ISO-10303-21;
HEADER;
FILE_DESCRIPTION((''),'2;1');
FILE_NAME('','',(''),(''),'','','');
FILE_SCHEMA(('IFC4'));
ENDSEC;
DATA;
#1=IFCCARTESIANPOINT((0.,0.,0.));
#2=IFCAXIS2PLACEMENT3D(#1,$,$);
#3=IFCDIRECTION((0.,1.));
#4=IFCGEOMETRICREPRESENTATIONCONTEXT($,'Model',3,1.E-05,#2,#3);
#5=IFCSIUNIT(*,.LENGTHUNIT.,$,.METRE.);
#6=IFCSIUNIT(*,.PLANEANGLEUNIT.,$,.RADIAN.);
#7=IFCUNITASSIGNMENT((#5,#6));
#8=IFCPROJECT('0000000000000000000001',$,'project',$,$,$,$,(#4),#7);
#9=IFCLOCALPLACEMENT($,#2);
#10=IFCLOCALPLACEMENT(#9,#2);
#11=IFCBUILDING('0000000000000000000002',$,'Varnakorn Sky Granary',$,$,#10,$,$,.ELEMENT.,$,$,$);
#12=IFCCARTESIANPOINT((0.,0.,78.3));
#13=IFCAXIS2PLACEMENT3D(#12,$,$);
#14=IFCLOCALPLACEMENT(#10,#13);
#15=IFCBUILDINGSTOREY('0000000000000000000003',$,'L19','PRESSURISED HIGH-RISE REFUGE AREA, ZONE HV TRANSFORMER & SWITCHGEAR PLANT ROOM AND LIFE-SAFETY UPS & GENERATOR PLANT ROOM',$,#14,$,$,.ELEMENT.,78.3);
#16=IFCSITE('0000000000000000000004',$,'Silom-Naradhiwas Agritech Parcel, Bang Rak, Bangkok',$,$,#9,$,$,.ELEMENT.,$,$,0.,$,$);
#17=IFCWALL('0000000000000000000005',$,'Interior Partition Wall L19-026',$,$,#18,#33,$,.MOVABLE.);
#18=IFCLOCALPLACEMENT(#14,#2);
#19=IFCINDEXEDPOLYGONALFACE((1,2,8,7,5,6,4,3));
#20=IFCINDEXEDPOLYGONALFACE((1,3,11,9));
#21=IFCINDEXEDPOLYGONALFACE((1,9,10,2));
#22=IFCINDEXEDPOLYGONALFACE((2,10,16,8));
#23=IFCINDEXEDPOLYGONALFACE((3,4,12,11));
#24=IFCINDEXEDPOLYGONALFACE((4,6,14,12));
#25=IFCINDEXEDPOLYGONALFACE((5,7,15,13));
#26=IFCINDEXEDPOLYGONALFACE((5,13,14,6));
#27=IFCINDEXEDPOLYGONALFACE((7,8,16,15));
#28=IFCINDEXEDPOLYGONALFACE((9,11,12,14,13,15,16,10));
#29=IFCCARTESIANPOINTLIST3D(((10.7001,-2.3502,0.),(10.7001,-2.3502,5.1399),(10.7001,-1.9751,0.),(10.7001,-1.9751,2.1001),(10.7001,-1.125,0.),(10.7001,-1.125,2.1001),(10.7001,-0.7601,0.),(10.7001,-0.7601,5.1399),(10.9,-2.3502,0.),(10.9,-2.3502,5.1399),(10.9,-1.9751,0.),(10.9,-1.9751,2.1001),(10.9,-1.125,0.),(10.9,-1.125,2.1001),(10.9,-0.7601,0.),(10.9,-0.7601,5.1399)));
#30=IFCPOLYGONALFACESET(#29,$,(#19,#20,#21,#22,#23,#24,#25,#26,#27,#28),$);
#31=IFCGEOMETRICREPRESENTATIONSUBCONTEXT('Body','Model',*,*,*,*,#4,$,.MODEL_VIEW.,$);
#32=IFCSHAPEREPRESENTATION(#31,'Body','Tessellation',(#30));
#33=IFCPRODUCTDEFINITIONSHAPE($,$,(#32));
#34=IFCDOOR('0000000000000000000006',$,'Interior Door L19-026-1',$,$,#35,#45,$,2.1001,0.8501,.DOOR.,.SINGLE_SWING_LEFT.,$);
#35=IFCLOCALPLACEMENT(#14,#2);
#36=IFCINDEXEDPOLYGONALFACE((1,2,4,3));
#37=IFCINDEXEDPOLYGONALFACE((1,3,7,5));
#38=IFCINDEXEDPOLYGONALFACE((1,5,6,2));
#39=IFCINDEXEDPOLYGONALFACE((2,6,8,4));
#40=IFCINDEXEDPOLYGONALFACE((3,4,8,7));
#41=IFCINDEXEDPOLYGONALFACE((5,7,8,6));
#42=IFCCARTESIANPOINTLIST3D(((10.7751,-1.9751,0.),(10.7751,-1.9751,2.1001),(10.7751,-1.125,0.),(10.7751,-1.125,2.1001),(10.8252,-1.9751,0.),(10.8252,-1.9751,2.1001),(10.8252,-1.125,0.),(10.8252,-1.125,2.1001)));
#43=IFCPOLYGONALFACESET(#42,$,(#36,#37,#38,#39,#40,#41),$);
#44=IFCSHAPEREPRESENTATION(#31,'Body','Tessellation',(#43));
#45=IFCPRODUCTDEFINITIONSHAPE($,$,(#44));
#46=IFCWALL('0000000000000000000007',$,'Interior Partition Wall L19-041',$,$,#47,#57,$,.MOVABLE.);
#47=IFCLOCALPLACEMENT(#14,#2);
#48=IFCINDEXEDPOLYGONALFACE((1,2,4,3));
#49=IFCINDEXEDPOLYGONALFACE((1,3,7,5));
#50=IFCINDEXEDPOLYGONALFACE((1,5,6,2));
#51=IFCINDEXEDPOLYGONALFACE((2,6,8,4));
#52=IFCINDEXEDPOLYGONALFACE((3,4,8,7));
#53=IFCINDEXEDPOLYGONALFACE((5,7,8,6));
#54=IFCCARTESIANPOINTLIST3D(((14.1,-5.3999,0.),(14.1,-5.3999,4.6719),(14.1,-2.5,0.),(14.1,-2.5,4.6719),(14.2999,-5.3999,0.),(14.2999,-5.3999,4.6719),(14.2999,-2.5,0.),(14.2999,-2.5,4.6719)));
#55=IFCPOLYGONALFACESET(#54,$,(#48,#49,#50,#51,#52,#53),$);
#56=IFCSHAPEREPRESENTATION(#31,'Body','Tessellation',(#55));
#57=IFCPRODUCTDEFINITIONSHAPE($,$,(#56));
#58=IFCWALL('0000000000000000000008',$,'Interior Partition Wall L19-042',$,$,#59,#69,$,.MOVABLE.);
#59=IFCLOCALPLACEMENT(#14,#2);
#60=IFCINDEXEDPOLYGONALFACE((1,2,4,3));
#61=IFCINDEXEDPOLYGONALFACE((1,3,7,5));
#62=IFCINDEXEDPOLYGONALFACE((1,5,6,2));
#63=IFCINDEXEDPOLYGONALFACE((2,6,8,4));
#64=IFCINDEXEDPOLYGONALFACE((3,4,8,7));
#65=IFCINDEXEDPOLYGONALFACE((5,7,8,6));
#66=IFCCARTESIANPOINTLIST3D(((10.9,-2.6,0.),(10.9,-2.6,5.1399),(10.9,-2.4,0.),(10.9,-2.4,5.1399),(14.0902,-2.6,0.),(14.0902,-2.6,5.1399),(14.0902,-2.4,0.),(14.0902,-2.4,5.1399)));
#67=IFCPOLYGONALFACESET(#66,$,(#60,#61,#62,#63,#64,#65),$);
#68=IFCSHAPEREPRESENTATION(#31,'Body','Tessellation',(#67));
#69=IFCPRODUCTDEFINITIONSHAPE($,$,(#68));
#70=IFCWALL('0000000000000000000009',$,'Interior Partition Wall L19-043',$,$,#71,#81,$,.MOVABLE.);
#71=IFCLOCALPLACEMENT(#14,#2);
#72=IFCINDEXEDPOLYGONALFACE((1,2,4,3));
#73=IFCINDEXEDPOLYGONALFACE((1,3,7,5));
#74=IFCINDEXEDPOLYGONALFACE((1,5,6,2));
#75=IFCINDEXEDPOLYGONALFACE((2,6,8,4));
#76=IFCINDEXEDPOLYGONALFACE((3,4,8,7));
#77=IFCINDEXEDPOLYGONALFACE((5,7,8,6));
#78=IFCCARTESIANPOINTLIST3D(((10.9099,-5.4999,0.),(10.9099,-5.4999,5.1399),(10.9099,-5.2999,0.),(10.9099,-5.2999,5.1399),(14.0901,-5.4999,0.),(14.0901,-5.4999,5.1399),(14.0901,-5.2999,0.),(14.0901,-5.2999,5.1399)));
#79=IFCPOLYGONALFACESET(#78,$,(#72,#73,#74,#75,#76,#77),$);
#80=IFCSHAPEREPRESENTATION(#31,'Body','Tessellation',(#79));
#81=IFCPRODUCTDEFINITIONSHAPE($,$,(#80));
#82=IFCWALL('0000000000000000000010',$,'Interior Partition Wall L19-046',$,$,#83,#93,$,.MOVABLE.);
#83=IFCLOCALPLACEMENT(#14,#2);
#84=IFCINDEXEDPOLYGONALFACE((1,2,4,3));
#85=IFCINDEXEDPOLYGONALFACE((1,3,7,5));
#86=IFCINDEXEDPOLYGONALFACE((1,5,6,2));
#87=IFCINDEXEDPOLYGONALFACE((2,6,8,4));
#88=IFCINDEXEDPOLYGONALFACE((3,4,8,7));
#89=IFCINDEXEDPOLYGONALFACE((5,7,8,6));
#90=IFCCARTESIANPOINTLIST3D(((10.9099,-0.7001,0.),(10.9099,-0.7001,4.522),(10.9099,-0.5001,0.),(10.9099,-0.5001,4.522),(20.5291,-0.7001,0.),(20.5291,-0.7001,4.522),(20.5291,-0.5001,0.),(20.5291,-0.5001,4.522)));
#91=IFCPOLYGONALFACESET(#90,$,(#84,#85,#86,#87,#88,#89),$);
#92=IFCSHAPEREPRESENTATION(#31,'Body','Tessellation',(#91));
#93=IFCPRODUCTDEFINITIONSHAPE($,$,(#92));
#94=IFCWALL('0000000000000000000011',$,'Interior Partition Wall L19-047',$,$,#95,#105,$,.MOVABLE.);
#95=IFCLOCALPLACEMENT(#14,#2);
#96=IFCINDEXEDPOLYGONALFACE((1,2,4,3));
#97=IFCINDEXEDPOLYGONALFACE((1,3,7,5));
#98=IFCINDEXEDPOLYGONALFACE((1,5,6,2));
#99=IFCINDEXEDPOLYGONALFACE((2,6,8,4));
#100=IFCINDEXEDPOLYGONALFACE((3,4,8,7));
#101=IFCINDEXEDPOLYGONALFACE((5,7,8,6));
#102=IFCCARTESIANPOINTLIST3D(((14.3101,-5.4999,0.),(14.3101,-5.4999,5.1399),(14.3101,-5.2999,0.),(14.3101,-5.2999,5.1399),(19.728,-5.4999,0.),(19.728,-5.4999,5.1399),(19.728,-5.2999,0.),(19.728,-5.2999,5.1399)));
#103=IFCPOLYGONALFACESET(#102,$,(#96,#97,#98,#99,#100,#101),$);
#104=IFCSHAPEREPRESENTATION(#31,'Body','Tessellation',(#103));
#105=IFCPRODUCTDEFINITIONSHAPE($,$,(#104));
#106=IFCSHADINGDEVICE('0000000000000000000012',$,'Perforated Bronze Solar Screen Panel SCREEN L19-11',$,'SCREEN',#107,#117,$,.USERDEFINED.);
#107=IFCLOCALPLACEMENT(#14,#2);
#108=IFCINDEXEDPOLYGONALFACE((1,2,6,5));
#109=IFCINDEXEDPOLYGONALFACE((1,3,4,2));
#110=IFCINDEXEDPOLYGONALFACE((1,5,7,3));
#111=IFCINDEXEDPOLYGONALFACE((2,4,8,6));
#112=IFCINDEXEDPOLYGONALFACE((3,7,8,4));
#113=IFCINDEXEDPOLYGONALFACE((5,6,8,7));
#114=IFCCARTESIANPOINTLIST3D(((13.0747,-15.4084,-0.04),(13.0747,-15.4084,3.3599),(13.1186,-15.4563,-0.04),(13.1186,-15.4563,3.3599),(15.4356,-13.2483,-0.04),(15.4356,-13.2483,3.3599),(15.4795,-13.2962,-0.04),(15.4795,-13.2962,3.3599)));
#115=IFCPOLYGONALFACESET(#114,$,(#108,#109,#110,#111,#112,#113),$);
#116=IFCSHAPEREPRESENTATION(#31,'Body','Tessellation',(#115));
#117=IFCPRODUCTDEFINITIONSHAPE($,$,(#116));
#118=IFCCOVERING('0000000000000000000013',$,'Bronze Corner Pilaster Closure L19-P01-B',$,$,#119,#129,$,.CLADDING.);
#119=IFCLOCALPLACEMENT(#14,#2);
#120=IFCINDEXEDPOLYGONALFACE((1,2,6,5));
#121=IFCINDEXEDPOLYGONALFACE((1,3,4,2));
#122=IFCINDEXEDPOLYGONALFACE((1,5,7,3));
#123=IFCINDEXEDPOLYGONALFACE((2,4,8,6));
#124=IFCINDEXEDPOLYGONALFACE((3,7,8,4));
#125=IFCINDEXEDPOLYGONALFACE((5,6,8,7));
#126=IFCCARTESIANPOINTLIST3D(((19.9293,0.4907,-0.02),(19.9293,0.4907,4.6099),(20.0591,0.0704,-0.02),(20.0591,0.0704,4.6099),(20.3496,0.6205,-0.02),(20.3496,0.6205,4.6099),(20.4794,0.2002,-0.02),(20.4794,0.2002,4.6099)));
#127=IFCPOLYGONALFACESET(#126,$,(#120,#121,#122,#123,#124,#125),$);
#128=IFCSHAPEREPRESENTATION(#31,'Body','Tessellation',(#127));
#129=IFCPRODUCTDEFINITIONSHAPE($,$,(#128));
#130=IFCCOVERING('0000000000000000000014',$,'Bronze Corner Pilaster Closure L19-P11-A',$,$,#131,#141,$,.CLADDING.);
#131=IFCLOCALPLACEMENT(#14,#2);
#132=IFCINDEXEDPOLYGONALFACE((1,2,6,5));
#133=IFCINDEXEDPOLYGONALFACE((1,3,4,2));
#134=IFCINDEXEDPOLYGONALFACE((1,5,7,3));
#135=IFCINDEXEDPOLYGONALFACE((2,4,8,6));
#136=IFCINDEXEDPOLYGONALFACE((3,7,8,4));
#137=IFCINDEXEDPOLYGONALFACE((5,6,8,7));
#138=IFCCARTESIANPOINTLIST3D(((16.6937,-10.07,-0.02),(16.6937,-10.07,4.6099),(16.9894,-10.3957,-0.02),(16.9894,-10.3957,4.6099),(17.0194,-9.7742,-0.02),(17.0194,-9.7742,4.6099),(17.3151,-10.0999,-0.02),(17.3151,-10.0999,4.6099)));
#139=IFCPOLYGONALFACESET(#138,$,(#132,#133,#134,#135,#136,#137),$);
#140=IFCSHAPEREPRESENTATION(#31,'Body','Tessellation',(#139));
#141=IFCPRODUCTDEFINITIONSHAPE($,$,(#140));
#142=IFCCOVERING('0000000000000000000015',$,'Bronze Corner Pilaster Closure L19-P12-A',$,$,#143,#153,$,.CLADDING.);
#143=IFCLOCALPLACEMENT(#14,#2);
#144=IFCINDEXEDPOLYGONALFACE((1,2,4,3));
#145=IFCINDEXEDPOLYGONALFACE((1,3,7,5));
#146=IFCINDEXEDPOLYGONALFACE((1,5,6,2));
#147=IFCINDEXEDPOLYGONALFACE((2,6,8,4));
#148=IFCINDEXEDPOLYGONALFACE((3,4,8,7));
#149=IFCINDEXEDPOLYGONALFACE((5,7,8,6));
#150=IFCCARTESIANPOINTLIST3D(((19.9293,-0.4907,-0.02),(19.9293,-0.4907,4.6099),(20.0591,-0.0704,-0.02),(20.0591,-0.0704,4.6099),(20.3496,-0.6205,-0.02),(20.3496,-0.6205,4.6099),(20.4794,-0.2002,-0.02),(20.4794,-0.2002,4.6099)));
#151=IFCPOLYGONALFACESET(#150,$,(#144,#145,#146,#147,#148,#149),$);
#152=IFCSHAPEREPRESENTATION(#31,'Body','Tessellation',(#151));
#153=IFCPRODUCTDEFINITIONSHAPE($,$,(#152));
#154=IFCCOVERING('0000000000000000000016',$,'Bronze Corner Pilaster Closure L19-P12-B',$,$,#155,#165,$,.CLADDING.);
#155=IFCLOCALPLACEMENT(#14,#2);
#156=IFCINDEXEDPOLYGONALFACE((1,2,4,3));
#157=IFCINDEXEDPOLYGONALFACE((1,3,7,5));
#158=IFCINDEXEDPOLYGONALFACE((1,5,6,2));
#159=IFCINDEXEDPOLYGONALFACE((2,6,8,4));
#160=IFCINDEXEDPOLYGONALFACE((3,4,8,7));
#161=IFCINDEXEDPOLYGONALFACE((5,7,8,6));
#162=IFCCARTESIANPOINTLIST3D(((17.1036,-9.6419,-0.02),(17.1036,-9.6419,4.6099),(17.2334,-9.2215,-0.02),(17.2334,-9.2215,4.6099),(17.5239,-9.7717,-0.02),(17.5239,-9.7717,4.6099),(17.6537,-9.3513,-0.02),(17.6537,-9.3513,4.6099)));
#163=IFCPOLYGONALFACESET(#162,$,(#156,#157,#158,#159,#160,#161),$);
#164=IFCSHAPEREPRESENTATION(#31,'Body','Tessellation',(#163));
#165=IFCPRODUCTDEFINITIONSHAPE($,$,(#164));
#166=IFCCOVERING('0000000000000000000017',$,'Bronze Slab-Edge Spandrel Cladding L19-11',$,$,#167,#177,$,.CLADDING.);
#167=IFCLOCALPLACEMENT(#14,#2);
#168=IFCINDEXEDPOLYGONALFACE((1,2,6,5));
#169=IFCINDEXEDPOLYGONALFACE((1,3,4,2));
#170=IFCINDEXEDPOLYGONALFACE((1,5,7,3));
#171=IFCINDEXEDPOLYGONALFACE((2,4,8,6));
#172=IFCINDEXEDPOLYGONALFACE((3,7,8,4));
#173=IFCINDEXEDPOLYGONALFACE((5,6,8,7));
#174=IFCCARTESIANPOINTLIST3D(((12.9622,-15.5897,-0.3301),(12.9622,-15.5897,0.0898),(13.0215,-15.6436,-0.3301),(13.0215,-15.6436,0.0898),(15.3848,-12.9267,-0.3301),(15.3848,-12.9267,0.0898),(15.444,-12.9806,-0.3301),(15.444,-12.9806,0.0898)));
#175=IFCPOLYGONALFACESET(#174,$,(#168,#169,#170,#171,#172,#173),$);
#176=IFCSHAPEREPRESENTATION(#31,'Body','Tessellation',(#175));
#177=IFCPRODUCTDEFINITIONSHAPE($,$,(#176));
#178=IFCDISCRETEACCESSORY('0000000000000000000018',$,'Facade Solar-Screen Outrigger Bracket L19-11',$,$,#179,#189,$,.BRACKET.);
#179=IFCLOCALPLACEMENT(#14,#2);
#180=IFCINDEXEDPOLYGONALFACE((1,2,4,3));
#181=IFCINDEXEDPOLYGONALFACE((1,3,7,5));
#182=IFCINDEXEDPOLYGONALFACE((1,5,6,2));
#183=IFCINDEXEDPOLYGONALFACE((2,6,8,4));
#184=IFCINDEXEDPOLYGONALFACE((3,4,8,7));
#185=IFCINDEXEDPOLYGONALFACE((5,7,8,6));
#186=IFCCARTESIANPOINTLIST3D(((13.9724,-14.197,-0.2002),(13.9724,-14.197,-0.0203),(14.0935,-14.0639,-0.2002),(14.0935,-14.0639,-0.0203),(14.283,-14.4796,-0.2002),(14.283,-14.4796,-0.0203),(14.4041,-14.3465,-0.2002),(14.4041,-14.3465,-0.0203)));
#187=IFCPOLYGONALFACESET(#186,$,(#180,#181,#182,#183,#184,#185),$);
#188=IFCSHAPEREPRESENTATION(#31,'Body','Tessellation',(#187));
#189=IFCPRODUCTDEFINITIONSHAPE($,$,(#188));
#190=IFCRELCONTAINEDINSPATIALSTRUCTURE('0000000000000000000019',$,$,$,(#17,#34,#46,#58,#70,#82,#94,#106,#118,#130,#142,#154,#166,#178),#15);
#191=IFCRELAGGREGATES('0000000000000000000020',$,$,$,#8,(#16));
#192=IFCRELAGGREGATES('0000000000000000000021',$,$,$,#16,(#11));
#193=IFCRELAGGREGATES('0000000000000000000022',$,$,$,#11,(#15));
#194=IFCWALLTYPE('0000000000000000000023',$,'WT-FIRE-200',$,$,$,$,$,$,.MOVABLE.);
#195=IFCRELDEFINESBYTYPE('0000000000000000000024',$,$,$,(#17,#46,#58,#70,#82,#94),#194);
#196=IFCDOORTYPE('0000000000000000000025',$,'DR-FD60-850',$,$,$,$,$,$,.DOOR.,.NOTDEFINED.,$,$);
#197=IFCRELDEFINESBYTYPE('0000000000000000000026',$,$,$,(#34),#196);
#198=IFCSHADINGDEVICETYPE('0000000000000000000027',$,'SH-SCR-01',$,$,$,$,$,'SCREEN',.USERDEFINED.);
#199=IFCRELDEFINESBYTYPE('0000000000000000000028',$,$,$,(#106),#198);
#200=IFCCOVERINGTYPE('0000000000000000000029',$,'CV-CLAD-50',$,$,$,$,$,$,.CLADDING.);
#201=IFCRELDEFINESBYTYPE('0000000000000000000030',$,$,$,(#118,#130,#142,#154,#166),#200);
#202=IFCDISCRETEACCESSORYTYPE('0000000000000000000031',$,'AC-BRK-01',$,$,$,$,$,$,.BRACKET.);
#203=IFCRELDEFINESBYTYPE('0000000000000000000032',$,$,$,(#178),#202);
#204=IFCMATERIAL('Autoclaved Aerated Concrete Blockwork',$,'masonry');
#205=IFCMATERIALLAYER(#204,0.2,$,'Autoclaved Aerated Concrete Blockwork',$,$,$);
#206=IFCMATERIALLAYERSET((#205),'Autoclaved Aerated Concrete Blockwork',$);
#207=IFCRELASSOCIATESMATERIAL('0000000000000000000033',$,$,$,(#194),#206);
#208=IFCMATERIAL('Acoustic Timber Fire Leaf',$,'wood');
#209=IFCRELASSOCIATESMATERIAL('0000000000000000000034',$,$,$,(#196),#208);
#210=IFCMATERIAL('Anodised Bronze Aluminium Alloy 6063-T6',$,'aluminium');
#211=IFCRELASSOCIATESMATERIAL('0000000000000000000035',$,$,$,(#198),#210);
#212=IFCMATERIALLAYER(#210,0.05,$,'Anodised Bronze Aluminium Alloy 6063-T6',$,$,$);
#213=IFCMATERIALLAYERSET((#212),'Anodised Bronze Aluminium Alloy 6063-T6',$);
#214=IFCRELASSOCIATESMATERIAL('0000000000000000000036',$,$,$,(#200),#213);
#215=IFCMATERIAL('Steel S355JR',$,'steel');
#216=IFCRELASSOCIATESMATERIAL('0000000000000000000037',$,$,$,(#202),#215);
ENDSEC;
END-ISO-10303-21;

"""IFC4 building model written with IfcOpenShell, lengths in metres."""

from ifc_helpers import new_model, si_unit, direction, frame, frame_2d, origin, origin_2d, place, context, subcontext, project, spatial, rectangle, extrude, source, transform, mapped, material, layer, layer_set, type_object, type_shapes, element, fill, save


model = new_model("IFC4")

# Units and contexts
model_context = context("Model", 3, precision=1e-05, world=origin(), true_north=direction((0.0, 1.0)))
body_context = subcontext(model_context, "Body", "Model", "MODEL_VIEW")
ifc_project = project(units=[si_unit("LENGTHUNIT", "METRE"), si_unit("PLANEANGLEUNIT", "RADIAN")], contexts=[model_context])

# Site, building, storey
site_placement = place(None, origin())
site = spatial("IfcSite", under=ifc_project, at=site_placement, Name="Silom-Naradhiwas Agritech Parcel, Bang Rak, Bangkok", CompositionType="ELEMENT", RefElevation=0.0)
building_placement = place(site_placement, origin())
building = spatial("IfcBuilding", under=site, at=building_placement, Name="Varnakorn Sky Granary", CompositionType="ELEMENT")
storey_placement = place(building_placement, frame((0.0, 0.0, 78.3)))
storey = spatial("IfcBuildingStorey", under=building, at=storey_placement, Name="L19", Description="PRESSURISED HIGH-RISE REFUGE AREA, ZONE HV TRANSFORMER & SWITCHGEAR PLANT ROOM AND LIFE-SAFETY UPS & GENERATOR PLANT ROOM", CompositionType="ELEMENT", Elevation=78.3)

# Shared definitions
ifc_material_1 = material(Name="Steel S355JR", Category="steel")

# Wall, opening, door
ifc_material_2 = material(Name="Autoclaved Aerated Concrete Blockwork", Category="masonry")
ifc_layer_1 = layer(ifc_material_2, 0.2, Name="Autoclaved Aerated Concrete Blockwork")
ifc_layer_set_1 = layer_set([ifc_layer_1], Name="Autoclaved Aerated Concrete Blockwork")
wall_type_1 = type_object("IfcWallType", Name="WT-FIRE-200", PredefinedType="MOVABLE", material=ifc_layer_set_1)
ifc_material_3 = material(Name="Acoustic Timber Fire Leaf", Category="wood")
wall_1_placement = place(storey_placement, frame((10.8, -2.3501, 0.0), z_axis=(0.0, 0.0, 1.0), x_axis=(0.0, 1.0, 0.0)))
wall_1 = element("IfcWall", 1, at=wall_1_placement, inside=storey, type_object=wall_type_1, Name="Interior Partition Wall L19-026", PredefinedType="MOVABLE", context=body_context, shape_type="SweptSolid", body=[
    extrude(rectangle(XDim=1.5901, YDim=0.2, at=frame_2d((0.7949, 0.0))), origin(), (0.0, 0.0, 1.0), 5.1399),
])
opening_1_placement = place(wall_1_placement, frame((0.375, 0.0, 0.0)))
opening_1 = element("IfcOpeningElement", 2, at=opening_1_placement, cuts=wall_1, PredefinedType="OPENING", context=body_context, shape_type="SweptSolid", body=[
    extrude(rectangle(XDim=0.8501, YDim=2.1001, at=frame_2d((0.425, 1.05))), frame((0.0, 0.1099, 0.0), z_axis=(0.0, -1.0, 0.0), x_axis=(1.0, 0.0, 0.0)), (0.0, 0.0, 1.0), 0.22),
])
door_type_1 = type_object("IfcDoorType", Name="DR-FD60-850", OperationType="NOTDEFINED", PredefinedType="DOOR", material=ifc_material_3)
door_1_placement = place(opening_1_placement, origin())
door_1 = element("IfcDoor", 3, at=door_1_placement, inside=storey, type_object=door_type_1, Name="Interior Door L19-026-1", OperationType="SINGLE_SWING_LEFT", OverallHeight=2.1001, OverallWidth=0.8501, PredefinedType="DOOR", context=body_context, shape_type="SweptSolid", body=[
    extrude(rectangle(XDim=0.8501, YDim=2.1001, at=frame_2d((0.425, 1.05))), frame((0.0, 0.0249, 0.0), z_axis=(0.0, -1.0, 0.0), x_axis=(1.0, 0.0, 0.0)), (0.0, 0.0, 1.0), 0.05),
])
fill(opening_1, door_1)

# Walls
wall_2_placement = place(storey_placement, frame((14.2, -2.5, 0.0), z_axis=(0.0, 0.0, 1.0), x_axis=(0.0, -1.0, 0.0)))
element("IfcWall", 4, at=wall_2_placement, inside=storey, type_object=wall_type_1, Name="Interior Partition Wall L19-041", PredefinedType="MOVABLE", context=body_context, shape_type="SweptSolid", body=[
    extrude(rectangle(XDim=2.8999, YDim=0.2, at=frame_2d((1.45, 0.0))), origin(), (0.0, 0.0, 1.0), 4.6719),
])
wall_3_placement = place(storey_placement, frame((10.8999, -2.5, 0.0), z_axis=(0.0, 0.0, 1.0), x_axis=(1.0, 0.0, 0.0)))
element("IfcWall", 5, at=wall_3_placement, inside=storey, type_object=wall_type_1, Name="Interior Partition Wall L19-042", PredefinedType="MOVABLE", context=body_context, shape_type="SweptSolid", body=[
    extrude(rectangle(XDim=3.1902, YDim=0.2, at=frame_2d((1.5952, 0.0))), origin(), (0.0, 0.0, 1.0), 5.1399),
])
wall_4_placement = place(storey_placement, frame((14.0901, -5.3999, 0.0), z_axis=(0.0, 0.0, 1.0), x_axis=(-1.0, 0.0, 0.0)))
element("IfcWall", 6, at=wall_4_placement, inside=storey, type_object=wall_type_1, Name="Interior Partition Wall L19-043", PredefinedType="MOVABLE", context=body_context, shape_type="SweptSolid", body=[
    extrude(rectangle(XDim=3.1802, YDim=0.2, at=frame_2d((1.5901, 0.0))), origin(), (0.0, 0.0, 1.0), 5.1399),
])
wall_5_placement = place(storey_placement, frame((20.5291, -0.6001, 0.0), z_axis=(0.0, 0.0, 1.0), x_axis=(-1.0, 0.0, 0.0)))
element("IfcWall", 7, at=wall_5_placement, inside=storey, type_object=wall_type_1, Name="Interior Partition Wall L19-046", PredefinedType="MOVABLE", context=body_context, shape_type="SweptSolid", body=[
    extrude(rectangle(XDim=9.6191, YDim=0.2, at=frame_2d((4.8096, 0.0))), origin(), (0.0, 0.0, 1.0), 4.522),
])
wall_6_placement = place(storey_placement, frame((19.728, -5.3999, 0.0), z_axis=(0.0, 0.0, 1.0), x_axis=(-1.0, 0.0, 0.0)))
element("IfcWall", 8, at=wall_6_placement, inside=storey, type_object=wall_type_1, Name="Interior Partition Wall L19-047", PredefinedType="MOVABLE", context=body_context, shape_type="SweptSolid", body=[
    extrude(rectangle(XDim=5.418, YDim=0.2, at=frame_2d((2.709, 0.0))), origin(), (0.0, 0.0, 1.0), 5.1399),
])

# Shared definitions
ifc_material_4 = material(Name="Anodised Bronze Aluminium Alloy 6063-T6", Category="aluminium")

# Shading device
shading_device_type = type_object("IfcShadingDeviceType", Name="SH-SCR-01", ElementType="SCREEN", PredefinedType="USERDEFINED", material=ifc_material_4)
shared_shape_1 = source(origin(), body_context, "Body", "SweptSolid", [
    extrude(rectangle(XDim=3.2, YDim=0.0649, at=origin_2d()), origin(), (0.0, 0.0, 1.0), 3.3999),
])
type_shapes(shading_device_type, [shared_shape_1])
shading_device_placement = place(storey_placement, frame((14.2771, -14.3523, -0.04), z_axis=(0.0, 0.0, 1.0), x_axis=(0.737783, 0.675038, 0.0)))
element("IfcShadingDevice", 9, at=shading_device_placement, inside=storey, type_object=shading_device_type, Name="Perforated Bronze Solar Screen Panel SCREEN L19-11", ObjectType="SCREEN", PredefinedType="USERDEFINED", context=body_context, shape_type="MappedRepresentation", body=[
    mapped(shared_shape_1, transform((0.0, 0.0, 0.0), x_axis=(1.0, 0.0, 0.0), y_axis=(0.0, 1.0, 0.0), z_axis=(0.0, 0.0, 1.0), scale=1.0)),
])

# Coverings
ifc_layer_2 = layer(ifc_material_4, 0.05, Name="Anodised Bronze Aluminium Alloy 6063-T6")
ifc_layer_set_2 = layer_set([ifc_layer_2], Name="Anodised Bronze Aluminium Alloy 6063-T6")
covering_type = type_object("IfcCoveringType", Name="CV-CLAD-50", PredefinedType="CLADDING", material=ifc_layer_set_2)
shared_shape_2 = source(origin(), body_context, "Body", "SweptSolid", [
    extrude(rectangle(XDim=0.4399, YDim=0.4399, at=origin_2d()), origin(), (0.0, 0.0, 1.0), 4.6299),
])
for number, where, z_axis, x_axis, name in (
    (10, (20.2043, 0.3455, -0.02), (0.0, 0.0, 1.0), (0.295041, -0.955485, 0.0), "Bronze Corner Pilaster Closure L19-P01-B"),
    (11, (17.0044, -10.085, -0.02), (0.0, 0.0, 1.0), (-0.740335, -0.672238, 0.0), "Bronze Corner Pilaster Closure L19-P11-A"),
    (12, (20.2043, -0.3455, -0.02), (0.0, 0.0, 1.0), (-0.295041, -0.955485, 0.0), "Bronze Corner Pilaster Closure L19-P12-A"),
    (13, (17.3787, -9.4966, -0.02), (0.0, 0.0, 1.0), (-0.295041, -0.955485, 0.0), "Bronze Corner Pilaster Closure L19-P12-B"),
):
    element("IfcCovering", number, at=place(storey_placement, frame(where, z_axis=z_axis, x_axis=x_axis)), inside=storey, type_object=covering_type, Name=name, PredefinedType="CLADDING", context=body_context, shape_type="MappedRepresentation", body=[
        mapped(shared_shape_2, transform((0.0, 0.0, 0.0), x_axis=(1.0, 0.0, 0.0), y_axis=(0.0, 1.0, 0.0), z_axis=(0.0, 0.0, 1.0), scale=1.0)),
    ])
shared_shape_3 = source(origin(), body_context, "Body", "SweptSolid", [
    extrude(rectangle(XDim=3.6001, YDim=0.0801, at=origin_2d()), origin(), (0.0, 0.0, 1.0), 0.4199),
])
type_shapes(covering_type, [shared_shape_2, shared_shape_3])
covering_placement = place(storey_placement, frame((14.2031, -14.2852, -0.3301), z_axis=(0.0, 0.0, 1.0), x_axis=(0.67292, 0.739715, 0.0)))
element("IfcCovering", 14, at=covering_placement, inside=storey, type_object=covering_type, Name="Bronze Slab-Edge Spandrel Cladding L19-11", PredefinedType="CLADDING", context=body_context, shape_type="MappedRepresentation", body=[
    mapped(shared_shape_3, transform((0.0, 0.0, 0.0), x_axis=(1.0, 0.0, 0.0), y_axis=(0.0, 1.0, 0.0), z_axis=(0.0, 0.0, 1.0), scale=1.0)),
])

# Discrete accessory
discrete_accessory_type = type_object("IfcDiscreteAccessoryType", Name="AC-BRK-01", PredefinedType="BRACKET", material=ifc_material_1)
shared_shape_4 = source(origin(), body_context, "Body", "SweptSolid", [
    extrude(rectangle(XDim=0.1799, YDim=0.4199, at=origin_2d()), origin(), (0.0, 0.0, 1.0), 0.1799),
])
type_shapes(discrete_accessory_type, [shared_shape_4])
discrete_accessory_placement = place(storey_placement, frame((14.1882, -14.2717, -0.2002), z_axis=(0.0, 0.0, 1.0), x_axis=(0.67292, 0.739715, 0.0)))
element("IfcDiscreteAccessory", 15, at=discrete_accessory_placement, inside=storey, type_object=discrete_accessory_type, Name="Facade Solar-Screen Outrigger Bracket L19-11", PredefinedType="BRACKET", context=body_context, shape_type="MappedRepresentation", body=[
    mapped(shared_shape_4, transform((0.0, 0.0, 0.0), x_axis=(1.0, 0.0, 0.0), y_axis=(0.0, 1.0, 0.0), z_axis=(0.0, 0.0, 1.0), scale=1.0)),
])

save(model, "model.ifc")
